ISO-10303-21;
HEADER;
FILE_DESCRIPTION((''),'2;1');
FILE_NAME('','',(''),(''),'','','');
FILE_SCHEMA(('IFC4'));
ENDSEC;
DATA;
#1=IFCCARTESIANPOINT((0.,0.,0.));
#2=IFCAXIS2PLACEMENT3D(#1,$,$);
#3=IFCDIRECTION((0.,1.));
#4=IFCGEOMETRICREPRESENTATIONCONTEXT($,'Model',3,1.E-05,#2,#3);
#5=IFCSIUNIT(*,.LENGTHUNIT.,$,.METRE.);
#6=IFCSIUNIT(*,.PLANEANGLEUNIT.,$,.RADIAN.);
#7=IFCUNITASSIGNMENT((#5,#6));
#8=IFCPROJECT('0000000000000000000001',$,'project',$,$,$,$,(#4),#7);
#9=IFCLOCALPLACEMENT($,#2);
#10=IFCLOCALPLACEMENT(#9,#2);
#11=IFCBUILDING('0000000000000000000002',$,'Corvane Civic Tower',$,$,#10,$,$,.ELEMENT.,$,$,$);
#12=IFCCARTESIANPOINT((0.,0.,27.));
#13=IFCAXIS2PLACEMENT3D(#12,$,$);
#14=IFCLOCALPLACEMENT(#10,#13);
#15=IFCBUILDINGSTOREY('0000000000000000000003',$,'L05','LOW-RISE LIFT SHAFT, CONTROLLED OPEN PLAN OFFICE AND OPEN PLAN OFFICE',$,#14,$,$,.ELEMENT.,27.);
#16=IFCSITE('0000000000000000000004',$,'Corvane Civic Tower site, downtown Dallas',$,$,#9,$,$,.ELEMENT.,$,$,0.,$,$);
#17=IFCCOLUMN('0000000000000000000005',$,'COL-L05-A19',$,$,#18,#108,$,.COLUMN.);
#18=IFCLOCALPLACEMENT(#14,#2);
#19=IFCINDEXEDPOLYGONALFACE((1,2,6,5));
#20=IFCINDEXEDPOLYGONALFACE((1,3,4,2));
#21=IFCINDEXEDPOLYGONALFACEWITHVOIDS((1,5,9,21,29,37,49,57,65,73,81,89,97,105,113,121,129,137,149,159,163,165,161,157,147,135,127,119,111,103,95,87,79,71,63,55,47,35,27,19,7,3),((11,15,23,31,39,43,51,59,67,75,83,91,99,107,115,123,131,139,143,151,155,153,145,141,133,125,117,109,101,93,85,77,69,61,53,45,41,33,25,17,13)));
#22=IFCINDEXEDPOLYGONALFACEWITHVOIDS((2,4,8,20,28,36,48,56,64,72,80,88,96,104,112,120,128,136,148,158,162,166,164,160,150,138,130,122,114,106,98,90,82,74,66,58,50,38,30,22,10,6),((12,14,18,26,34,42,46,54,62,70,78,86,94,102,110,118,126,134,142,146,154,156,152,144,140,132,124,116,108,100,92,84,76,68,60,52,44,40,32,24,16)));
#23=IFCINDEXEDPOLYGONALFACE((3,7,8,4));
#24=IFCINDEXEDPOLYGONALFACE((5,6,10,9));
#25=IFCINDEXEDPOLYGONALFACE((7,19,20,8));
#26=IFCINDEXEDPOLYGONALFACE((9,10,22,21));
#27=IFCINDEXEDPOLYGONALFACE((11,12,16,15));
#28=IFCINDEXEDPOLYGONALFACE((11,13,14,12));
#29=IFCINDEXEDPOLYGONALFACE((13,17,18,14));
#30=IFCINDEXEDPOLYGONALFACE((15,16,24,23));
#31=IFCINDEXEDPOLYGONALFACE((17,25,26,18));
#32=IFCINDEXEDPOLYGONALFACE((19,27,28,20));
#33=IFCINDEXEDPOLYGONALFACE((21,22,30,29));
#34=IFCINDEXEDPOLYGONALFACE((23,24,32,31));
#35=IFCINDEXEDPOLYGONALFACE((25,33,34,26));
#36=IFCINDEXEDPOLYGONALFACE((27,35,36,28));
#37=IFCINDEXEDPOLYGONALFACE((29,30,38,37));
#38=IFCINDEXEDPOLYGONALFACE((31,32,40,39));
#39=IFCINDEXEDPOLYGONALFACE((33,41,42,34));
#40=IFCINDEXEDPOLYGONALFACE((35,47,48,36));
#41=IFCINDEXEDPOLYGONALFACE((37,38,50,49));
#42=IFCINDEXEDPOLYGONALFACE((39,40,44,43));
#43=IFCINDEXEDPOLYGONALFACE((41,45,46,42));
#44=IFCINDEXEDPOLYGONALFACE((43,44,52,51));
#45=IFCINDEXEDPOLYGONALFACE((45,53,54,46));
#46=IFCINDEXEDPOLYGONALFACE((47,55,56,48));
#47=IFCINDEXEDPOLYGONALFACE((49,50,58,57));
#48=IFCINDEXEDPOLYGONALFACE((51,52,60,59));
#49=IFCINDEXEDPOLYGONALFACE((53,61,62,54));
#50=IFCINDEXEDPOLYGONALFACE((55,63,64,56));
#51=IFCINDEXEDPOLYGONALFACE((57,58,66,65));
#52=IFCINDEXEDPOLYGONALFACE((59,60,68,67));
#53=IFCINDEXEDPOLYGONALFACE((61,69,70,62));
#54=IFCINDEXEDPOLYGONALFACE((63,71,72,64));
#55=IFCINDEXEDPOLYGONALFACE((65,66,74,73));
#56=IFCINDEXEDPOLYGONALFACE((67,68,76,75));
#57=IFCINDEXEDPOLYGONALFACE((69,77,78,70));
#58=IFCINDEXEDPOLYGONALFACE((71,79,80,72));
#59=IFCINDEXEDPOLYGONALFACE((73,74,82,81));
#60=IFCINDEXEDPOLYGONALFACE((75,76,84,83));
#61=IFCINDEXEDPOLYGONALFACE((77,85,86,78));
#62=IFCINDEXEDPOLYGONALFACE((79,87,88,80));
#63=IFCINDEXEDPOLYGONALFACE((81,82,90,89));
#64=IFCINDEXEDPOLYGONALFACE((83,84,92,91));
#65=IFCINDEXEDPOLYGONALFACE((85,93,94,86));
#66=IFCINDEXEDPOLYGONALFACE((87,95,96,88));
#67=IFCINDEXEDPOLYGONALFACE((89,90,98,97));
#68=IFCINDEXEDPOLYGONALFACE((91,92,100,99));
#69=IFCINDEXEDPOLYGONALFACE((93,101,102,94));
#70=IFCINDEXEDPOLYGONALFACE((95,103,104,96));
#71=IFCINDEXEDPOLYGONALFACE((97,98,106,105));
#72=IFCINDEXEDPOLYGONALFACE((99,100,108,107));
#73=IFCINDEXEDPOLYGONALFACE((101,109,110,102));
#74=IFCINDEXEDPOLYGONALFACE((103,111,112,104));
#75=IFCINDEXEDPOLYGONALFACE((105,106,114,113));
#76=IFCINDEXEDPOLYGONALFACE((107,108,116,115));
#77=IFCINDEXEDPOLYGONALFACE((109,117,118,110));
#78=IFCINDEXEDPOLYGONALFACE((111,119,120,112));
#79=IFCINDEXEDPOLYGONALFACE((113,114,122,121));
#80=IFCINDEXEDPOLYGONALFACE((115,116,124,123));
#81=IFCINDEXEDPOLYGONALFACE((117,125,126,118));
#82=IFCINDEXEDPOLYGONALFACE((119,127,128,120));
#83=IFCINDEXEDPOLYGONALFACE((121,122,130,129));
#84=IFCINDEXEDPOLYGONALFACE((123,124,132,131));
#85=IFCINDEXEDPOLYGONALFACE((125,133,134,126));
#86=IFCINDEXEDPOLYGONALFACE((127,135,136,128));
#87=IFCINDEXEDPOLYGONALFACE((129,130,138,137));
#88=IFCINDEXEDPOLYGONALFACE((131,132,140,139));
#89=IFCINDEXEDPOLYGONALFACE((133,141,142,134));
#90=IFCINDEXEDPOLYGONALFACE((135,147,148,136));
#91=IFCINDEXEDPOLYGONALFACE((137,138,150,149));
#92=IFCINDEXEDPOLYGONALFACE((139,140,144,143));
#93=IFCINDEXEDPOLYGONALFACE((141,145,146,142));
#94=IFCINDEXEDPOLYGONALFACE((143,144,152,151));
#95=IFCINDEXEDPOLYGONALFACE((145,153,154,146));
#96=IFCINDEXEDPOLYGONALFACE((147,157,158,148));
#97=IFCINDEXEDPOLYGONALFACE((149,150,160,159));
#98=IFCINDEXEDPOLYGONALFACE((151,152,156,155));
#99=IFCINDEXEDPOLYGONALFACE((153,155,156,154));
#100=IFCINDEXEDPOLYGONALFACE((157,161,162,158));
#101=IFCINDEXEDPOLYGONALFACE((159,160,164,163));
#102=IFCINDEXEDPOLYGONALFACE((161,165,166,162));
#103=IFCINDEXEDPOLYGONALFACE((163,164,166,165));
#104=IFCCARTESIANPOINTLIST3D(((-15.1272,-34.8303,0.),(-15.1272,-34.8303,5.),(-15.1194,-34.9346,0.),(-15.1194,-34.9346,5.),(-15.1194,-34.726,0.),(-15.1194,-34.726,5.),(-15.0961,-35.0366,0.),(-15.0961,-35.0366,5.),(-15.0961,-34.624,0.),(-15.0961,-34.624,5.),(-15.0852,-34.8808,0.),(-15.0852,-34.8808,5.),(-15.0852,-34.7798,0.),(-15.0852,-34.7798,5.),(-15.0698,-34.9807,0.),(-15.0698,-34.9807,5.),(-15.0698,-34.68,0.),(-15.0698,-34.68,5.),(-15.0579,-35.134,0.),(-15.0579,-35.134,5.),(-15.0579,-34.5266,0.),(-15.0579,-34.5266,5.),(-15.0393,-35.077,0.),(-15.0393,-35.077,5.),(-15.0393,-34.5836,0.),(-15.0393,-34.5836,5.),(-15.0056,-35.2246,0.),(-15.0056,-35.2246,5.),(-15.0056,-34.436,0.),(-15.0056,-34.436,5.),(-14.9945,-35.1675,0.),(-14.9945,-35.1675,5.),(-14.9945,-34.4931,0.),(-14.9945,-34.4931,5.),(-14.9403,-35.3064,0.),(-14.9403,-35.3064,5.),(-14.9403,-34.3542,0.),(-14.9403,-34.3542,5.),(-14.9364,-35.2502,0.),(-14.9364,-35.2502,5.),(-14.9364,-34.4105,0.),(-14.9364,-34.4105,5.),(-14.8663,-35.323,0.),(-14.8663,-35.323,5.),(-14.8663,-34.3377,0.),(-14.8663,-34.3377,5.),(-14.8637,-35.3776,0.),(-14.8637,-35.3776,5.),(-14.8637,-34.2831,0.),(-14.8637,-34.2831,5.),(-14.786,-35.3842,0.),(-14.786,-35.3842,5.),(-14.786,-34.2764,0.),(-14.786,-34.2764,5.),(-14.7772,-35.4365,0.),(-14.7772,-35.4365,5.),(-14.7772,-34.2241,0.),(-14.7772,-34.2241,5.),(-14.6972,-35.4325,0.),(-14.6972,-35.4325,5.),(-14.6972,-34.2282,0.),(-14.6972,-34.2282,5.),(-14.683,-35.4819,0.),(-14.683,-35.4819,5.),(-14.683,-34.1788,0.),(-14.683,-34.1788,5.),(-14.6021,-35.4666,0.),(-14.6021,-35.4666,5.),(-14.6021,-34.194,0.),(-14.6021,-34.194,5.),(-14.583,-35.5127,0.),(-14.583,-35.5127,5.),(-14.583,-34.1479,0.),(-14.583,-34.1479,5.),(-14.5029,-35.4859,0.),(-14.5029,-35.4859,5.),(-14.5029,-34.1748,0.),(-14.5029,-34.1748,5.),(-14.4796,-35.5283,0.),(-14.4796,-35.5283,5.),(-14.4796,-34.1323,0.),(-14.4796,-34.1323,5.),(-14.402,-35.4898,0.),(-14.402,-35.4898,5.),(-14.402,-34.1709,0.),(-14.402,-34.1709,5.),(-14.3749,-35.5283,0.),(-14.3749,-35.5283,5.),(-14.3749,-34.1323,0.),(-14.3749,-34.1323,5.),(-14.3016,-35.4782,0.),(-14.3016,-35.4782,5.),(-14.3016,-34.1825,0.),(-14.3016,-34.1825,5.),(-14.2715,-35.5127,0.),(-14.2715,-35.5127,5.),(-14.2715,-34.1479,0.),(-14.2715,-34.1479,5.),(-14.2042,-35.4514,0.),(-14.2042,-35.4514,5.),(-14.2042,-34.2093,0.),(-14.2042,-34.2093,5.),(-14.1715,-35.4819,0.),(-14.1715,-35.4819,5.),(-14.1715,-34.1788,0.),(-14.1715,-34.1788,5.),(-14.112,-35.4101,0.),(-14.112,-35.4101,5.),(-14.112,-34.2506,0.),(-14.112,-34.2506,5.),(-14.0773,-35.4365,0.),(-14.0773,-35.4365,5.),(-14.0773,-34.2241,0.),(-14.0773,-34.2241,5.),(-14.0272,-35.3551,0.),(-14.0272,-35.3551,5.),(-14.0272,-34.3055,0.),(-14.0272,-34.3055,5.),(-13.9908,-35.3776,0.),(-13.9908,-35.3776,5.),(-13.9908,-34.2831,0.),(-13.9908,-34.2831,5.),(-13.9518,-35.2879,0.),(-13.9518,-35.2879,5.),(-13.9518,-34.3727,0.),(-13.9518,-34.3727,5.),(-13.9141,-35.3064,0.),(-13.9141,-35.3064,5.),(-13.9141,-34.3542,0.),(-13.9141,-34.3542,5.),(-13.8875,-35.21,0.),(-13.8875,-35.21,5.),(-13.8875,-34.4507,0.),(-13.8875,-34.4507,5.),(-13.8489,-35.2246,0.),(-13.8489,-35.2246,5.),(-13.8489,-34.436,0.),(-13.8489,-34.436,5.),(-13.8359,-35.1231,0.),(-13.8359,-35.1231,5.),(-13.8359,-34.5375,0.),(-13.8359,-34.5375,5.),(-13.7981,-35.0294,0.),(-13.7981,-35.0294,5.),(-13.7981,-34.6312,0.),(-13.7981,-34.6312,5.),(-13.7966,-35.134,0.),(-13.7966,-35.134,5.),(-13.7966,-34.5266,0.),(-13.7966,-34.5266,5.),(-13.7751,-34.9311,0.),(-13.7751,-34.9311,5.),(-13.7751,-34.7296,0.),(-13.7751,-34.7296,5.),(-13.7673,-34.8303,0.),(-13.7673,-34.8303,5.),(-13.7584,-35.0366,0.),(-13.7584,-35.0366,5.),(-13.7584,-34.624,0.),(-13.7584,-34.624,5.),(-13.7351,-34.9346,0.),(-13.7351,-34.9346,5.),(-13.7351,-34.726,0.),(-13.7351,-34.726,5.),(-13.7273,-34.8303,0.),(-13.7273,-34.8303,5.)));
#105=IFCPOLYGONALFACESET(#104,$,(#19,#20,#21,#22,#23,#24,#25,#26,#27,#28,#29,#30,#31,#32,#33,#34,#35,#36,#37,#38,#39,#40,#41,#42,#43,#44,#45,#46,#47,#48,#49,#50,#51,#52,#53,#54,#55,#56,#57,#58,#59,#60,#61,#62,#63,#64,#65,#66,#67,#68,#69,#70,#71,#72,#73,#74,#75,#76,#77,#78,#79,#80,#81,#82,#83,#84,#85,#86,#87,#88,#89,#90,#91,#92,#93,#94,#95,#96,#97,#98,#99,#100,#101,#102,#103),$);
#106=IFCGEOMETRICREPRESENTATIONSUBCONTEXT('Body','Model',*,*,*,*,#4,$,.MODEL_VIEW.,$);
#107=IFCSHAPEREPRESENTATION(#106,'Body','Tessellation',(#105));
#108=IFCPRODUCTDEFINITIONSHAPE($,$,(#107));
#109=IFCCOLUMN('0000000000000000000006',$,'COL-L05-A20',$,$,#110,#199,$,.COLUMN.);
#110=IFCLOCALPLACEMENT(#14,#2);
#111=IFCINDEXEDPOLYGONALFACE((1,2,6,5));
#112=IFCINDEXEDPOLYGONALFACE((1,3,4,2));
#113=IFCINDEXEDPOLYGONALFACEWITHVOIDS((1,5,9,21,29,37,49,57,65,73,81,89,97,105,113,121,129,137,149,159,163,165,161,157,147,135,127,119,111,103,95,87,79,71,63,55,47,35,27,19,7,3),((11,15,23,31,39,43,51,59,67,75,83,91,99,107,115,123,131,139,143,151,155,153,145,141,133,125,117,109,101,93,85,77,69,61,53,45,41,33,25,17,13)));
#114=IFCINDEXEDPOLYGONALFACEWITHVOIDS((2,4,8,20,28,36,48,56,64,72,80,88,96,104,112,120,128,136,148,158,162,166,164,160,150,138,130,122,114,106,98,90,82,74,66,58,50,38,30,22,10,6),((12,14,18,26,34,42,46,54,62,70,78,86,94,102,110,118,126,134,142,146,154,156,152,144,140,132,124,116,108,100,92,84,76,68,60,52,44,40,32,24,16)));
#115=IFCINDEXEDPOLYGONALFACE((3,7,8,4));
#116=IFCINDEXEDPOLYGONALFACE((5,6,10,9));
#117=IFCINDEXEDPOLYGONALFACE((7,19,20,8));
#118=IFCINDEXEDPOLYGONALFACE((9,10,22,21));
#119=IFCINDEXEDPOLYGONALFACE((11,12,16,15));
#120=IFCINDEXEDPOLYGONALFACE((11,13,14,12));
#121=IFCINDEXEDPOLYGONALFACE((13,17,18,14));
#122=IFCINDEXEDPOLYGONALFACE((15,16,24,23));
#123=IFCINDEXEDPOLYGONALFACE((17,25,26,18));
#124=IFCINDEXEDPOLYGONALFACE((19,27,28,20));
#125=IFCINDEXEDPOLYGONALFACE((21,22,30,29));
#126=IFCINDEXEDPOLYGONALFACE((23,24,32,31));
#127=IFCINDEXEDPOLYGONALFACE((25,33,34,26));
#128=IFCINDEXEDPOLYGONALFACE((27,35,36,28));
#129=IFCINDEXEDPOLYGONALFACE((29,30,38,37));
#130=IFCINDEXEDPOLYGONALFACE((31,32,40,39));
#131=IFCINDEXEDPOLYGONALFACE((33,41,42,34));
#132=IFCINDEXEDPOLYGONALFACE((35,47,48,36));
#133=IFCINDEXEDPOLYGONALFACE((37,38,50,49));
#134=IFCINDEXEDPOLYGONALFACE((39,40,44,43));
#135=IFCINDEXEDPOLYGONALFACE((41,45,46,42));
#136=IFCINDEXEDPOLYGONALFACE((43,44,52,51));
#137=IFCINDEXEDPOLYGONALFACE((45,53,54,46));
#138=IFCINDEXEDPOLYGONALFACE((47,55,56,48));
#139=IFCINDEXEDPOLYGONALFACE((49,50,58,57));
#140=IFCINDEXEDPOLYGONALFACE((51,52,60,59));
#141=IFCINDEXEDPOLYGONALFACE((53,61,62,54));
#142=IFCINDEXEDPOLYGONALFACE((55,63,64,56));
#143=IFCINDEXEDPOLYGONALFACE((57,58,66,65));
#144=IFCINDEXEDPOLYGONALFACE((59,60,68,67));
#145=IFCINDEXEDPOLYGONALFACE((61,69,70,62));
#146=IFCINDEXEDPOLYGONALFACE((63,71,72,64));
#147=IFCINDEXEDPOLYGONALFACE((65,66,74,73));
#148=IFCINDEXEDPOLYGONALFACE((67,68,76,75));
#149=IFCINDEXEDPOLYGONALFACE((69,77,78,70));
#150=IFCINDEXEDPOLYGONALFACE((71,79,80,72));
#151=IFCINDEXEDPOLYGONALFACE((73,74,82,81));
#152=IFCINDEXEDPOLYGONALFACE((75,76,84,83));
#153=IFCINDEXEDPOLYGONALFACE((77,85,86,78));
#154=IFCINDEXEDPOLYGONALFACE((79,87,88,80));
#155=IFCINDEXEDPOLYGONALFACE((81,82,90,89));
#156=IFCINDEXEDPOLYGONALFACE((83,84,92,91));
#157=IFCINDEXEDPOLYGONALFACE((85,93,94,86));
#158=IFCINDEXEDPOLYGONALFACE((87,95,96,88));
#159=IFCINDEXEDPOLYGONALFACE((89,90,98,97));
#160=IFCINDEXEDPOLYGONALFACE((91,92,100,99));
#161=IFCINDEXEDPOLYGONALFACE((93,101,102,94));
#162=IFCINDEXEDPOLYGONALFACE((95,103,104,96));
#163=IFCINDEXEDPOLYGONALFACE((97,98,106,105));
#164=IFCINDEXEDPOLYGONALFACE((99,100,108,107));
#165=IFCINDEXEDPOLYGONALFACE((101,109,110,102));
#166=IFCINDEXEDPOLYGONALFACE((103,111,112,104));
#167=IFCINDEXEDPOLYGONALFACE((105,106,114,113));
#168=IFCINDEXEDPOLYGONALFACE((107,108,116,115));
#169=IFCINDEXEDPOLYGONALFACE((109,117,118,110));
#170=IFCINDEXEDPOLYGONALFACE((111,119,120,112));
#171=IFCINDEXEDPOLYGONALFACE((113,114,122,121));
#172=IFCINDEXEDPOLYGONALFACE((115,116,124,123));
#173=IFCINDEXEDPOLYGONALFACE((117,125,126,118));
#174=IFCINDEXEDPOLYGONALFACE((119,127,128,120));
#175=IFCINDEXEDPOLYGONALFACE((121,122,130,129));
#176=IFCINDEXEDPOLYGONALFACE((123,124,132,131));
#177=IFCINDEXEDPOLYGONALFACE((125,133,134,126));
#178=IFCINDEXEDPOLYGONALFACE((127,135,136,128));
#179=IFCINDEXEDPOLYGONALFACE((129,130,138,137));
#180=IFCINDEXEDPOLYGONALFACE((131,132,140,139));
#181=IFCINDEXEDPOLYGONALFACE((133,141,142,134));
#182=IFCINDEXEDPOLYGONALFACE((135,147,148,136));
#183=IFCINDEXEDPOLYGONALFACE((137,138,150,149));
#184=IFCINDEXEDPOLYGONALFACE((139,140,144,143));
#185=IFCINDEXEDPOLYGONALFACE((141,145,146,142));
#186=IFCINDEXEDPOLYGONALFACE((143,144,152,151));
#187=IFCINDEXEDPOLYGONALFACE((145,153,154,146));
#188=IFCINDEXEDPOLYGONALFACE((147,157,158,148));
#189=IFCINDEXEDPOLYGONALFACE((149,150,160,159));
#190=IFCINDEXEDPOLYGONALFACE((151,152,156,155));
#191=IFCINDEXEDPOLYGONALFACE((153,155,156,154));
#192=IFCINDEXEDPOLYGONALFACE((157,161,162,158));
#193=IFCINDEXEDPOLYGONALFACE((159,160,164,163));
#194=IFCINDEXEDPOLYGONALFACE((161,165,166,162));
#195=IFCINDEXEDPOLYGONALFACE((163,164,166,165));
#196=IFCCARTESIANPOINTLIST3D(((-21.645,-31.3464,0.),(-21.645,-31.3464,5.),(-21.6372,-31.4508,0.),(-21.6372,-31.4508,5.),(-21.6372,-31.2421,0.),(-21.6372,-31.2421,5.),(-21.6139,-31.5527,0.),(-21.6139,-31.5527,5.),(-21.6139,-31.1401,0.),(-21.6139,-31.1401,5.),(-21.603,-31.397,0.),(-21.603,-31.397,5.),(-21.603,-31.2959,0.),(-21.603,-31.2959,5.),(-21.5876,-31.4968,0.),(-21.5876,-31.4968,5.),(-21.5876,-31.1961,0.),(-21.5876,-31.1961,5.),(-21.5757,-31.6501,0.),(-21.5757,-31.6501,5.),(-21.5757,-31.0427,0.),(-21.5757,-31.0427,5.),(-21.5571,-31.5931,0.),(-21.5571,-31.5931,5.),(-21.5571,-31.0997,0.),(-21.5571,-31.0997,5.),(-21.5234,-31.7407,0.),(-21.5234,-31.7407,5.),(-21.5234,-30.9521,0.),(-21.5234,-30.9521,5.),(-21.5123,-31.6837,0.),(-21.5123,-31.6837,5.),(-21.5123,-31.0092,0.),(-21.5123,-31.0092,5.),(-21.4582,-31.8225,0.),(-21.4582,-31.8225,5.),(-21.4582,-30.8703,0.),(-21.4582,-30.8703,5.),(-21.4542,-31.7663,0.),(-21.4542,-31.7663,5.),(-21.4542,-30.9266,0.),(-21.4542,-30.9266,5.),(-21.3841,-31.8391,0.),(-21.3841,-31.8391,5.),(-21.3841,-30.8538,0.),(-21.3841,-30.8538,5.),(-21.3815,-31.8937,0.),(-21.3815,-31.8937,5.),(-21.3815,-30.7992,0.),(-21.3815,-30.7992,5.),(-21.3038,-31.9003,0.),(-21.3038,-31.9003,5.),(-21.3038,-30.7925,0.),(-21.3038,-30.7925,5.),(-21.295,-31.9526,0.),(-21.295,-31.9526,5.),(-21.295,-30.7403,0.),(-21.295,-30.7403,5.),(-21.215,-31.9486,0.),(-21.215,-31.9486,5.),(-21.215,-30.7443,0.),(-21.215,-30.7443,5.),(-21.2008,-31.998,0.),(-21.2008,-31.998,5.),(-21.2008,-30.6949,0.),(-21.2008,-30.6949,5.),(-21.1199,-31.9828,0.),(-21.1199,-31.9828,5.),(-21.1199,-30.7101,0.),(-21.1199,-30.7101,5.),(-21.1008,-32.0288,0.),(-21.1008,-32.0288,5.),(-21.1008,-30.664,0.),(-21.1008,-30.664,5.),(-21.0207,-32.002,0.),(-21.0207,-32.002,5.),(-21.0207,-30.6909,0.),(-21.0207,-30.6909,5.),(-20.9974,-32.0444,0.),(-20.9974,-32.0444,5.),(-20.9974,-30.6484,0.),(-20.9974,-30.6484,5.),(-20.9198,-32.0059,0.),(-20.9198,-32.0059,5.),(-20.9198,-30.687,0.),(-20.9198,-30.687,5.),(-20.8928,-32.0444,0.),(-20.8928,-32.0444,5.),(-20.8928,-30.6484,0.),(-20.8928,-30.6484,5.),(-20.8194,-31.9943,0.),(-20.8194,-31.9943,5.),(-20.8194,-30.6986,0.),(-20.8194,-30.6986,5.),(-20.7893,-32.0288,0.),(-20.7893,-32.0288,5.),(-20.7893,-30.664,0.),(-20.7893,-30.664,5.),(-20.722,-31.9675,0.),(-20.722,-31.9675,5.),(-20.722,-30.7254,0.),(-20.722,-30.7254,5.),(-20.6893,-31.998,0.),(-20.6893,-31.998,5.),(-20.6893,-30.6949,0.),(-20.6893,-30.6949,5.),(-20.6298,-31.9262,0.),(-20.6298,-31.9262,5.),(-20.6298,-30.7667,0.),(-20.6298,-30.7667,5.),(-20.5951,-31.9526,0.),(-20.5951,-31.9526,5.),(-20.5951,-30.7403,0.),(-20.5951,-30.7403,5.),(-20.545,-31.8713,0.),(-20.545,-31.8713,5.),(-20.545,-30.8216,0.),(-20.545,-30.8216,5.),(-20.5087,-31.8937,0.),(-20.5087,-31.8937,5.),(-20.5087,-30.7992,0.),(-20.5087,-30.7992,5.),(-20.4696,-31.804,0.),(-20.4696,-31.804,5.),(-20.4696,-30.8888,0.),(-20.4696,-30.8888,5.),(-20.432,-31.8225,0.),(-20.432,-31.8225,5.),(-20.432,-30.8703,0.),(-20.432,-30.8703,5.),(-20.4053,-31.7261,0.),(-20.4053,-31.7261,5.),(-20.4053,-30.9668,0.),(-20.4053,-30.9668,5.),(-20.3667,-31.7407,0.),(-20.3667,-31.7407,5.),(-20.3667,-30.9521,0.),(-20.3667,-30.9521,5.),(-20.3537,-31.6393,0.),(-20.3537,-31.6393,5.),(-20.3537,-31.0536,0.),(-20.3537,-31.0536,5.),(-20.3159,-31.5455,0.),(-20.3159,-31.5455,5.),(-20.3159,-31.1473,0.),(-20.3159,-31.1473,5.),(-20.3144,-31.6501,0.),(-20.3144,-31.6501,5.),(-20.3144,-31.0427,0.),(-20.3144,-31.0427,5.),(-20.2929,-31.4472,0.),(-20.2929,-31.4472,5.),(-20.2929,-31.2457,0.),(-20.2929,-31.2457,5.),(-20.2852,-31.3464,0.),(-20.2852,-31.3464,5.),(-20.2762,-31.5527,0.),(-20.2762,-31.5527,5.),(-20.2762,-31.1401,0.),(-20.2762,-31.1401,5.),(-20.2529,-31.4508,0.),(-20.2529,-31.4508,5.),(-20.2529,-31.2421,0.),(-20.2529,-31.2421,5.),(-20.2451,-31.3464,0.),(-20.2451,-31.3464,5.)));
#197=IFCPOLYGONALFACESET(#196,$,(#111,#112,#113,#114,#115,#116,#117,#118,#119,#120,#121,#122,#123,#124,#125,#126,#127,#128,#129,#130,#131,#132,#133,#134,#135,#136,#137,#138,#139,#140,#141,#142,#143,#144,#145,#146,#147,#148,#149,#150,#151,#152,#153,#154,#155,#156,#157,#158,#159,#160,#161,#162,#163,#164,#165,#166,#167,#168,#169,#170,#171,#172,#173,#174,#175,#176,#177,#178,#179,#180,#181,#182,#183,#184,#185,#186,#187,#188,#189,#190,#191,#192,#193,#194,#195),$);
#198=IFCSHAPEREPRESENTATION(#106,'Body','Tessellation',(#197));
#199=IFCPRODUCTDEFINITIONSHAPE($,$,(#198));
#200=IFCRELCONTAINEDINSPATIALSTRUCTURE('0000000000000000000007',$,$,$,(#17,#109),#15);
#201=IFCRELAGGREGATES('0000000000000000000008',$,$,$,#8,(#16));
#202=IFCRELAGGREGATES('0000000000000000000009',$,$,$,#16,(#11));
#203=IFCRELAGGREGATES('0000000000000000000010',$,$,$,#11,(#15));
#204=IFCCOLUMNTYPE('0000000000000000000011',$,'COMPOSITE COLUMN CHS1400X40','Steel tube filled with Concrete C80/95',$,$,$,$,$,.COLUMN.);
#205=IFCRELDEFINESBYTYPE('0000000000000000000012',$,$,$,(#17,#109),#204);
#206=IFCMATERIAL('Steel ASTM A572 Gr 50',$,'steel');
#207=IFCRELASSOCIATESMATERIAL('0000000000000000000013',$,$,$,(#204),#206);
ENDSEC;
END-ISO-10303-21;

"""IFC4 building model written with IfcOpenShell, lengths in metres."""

from ifc_helpers import new_model, si_unit, direction, frame, origin, origin_2d, place, context, subcontext, project, spatial, hollow_circle, extrude, material, material_profile, profile_set, type_object, element, save


model = new_model("IFC4")

# Units and contexts
model_context = context("Model", 3, precision=1e-05, world=origin(), true_north=direction((0.0, 1.0)))
body_context = subcontext(model_context, "Body", "Model", "MODEL_VIEW")
ifc_project = project(units=[si_unit("LENGTHUNIT", "METRE"), si_unit("PLANEANGLEUNIT", "RADIAN")], contexts=[model_context])

# Site, building, storey
site_placement = place(None, origin())
site = spatial("IfcSite", under=ifc_project, at=site_placement, Name="Corvane Civic Tower site, downtown Dallas", CompositionType="ELEMENT", RefElevation=0.0)
building_placement = place(site_placement, origin())
building = spatial("IfcBuilding", under=site, at=building_placement, Name="Corvane Civic Tower", CompositionType="ELEMENT")
storey_placement = place(building_placement, frame((0.0, 0.0, 27.0)))
storey = spatial("IfcBuildingStorey", under=building, at=storey_placement, Name="L05", Description="LOW-RISE LIFT SHAFT, CONTROLLED OPEN PLAN OFFICE AND OPEN PLAN OFFICE", CompositionType="ELEMENT", Elevation=27.0)

# Columns
ifc_material_1 = material(Name="Steel ASTM A572 Gr 50", Category="steel")
ifc_material_profile_1 = material_profile(ifc_material_1, hollow_circle(Radius=0.7, WallThickness=0.04, at=origin_2d()), Name="CHS1400X40")
ifc_profile_set_1 = profile_set([ifc_material_profile_1], Name="Steel ASTM A572 Gr 50")
column_type = type_object("IfcColumnType", Name="COMPOSITE COLUMN CHS1400X40", Description="Steel tube filled with Concrete C80/95", PredefinedType="COLUMN", material=ifc_profile_set_1)
for number, where, z_axis, x_axis, name in (
    (1, (-14.4272, -34.8303, 0.0), (0.0, 0.0, 1.0), (1.0, 0.0, 0.0), "COL-L05-A19"),
    (2, (-20.9451, -31.3464, 0.0), (0.0, 0.0, 1.0), (1.0, 0.0, 0.0), "COL-L05-A20"),
):
    element("IfcColumn", number, at=place(storey_placement, frame(where, z_axis=z_axis, x_axis=x_axis)), inside=storey, type_object=column_type, Name=name, PredefinedType="COLUMN", context=body_context, shape_type="SweptSolid", body=[
        extrude(hollow_circle(Radius=0.7, WallThickness=0.04, at=origin_2d()), origin(), (0.0, 0.0, 1.0), 5.0),
    ])

save(model, "model.ifc")
